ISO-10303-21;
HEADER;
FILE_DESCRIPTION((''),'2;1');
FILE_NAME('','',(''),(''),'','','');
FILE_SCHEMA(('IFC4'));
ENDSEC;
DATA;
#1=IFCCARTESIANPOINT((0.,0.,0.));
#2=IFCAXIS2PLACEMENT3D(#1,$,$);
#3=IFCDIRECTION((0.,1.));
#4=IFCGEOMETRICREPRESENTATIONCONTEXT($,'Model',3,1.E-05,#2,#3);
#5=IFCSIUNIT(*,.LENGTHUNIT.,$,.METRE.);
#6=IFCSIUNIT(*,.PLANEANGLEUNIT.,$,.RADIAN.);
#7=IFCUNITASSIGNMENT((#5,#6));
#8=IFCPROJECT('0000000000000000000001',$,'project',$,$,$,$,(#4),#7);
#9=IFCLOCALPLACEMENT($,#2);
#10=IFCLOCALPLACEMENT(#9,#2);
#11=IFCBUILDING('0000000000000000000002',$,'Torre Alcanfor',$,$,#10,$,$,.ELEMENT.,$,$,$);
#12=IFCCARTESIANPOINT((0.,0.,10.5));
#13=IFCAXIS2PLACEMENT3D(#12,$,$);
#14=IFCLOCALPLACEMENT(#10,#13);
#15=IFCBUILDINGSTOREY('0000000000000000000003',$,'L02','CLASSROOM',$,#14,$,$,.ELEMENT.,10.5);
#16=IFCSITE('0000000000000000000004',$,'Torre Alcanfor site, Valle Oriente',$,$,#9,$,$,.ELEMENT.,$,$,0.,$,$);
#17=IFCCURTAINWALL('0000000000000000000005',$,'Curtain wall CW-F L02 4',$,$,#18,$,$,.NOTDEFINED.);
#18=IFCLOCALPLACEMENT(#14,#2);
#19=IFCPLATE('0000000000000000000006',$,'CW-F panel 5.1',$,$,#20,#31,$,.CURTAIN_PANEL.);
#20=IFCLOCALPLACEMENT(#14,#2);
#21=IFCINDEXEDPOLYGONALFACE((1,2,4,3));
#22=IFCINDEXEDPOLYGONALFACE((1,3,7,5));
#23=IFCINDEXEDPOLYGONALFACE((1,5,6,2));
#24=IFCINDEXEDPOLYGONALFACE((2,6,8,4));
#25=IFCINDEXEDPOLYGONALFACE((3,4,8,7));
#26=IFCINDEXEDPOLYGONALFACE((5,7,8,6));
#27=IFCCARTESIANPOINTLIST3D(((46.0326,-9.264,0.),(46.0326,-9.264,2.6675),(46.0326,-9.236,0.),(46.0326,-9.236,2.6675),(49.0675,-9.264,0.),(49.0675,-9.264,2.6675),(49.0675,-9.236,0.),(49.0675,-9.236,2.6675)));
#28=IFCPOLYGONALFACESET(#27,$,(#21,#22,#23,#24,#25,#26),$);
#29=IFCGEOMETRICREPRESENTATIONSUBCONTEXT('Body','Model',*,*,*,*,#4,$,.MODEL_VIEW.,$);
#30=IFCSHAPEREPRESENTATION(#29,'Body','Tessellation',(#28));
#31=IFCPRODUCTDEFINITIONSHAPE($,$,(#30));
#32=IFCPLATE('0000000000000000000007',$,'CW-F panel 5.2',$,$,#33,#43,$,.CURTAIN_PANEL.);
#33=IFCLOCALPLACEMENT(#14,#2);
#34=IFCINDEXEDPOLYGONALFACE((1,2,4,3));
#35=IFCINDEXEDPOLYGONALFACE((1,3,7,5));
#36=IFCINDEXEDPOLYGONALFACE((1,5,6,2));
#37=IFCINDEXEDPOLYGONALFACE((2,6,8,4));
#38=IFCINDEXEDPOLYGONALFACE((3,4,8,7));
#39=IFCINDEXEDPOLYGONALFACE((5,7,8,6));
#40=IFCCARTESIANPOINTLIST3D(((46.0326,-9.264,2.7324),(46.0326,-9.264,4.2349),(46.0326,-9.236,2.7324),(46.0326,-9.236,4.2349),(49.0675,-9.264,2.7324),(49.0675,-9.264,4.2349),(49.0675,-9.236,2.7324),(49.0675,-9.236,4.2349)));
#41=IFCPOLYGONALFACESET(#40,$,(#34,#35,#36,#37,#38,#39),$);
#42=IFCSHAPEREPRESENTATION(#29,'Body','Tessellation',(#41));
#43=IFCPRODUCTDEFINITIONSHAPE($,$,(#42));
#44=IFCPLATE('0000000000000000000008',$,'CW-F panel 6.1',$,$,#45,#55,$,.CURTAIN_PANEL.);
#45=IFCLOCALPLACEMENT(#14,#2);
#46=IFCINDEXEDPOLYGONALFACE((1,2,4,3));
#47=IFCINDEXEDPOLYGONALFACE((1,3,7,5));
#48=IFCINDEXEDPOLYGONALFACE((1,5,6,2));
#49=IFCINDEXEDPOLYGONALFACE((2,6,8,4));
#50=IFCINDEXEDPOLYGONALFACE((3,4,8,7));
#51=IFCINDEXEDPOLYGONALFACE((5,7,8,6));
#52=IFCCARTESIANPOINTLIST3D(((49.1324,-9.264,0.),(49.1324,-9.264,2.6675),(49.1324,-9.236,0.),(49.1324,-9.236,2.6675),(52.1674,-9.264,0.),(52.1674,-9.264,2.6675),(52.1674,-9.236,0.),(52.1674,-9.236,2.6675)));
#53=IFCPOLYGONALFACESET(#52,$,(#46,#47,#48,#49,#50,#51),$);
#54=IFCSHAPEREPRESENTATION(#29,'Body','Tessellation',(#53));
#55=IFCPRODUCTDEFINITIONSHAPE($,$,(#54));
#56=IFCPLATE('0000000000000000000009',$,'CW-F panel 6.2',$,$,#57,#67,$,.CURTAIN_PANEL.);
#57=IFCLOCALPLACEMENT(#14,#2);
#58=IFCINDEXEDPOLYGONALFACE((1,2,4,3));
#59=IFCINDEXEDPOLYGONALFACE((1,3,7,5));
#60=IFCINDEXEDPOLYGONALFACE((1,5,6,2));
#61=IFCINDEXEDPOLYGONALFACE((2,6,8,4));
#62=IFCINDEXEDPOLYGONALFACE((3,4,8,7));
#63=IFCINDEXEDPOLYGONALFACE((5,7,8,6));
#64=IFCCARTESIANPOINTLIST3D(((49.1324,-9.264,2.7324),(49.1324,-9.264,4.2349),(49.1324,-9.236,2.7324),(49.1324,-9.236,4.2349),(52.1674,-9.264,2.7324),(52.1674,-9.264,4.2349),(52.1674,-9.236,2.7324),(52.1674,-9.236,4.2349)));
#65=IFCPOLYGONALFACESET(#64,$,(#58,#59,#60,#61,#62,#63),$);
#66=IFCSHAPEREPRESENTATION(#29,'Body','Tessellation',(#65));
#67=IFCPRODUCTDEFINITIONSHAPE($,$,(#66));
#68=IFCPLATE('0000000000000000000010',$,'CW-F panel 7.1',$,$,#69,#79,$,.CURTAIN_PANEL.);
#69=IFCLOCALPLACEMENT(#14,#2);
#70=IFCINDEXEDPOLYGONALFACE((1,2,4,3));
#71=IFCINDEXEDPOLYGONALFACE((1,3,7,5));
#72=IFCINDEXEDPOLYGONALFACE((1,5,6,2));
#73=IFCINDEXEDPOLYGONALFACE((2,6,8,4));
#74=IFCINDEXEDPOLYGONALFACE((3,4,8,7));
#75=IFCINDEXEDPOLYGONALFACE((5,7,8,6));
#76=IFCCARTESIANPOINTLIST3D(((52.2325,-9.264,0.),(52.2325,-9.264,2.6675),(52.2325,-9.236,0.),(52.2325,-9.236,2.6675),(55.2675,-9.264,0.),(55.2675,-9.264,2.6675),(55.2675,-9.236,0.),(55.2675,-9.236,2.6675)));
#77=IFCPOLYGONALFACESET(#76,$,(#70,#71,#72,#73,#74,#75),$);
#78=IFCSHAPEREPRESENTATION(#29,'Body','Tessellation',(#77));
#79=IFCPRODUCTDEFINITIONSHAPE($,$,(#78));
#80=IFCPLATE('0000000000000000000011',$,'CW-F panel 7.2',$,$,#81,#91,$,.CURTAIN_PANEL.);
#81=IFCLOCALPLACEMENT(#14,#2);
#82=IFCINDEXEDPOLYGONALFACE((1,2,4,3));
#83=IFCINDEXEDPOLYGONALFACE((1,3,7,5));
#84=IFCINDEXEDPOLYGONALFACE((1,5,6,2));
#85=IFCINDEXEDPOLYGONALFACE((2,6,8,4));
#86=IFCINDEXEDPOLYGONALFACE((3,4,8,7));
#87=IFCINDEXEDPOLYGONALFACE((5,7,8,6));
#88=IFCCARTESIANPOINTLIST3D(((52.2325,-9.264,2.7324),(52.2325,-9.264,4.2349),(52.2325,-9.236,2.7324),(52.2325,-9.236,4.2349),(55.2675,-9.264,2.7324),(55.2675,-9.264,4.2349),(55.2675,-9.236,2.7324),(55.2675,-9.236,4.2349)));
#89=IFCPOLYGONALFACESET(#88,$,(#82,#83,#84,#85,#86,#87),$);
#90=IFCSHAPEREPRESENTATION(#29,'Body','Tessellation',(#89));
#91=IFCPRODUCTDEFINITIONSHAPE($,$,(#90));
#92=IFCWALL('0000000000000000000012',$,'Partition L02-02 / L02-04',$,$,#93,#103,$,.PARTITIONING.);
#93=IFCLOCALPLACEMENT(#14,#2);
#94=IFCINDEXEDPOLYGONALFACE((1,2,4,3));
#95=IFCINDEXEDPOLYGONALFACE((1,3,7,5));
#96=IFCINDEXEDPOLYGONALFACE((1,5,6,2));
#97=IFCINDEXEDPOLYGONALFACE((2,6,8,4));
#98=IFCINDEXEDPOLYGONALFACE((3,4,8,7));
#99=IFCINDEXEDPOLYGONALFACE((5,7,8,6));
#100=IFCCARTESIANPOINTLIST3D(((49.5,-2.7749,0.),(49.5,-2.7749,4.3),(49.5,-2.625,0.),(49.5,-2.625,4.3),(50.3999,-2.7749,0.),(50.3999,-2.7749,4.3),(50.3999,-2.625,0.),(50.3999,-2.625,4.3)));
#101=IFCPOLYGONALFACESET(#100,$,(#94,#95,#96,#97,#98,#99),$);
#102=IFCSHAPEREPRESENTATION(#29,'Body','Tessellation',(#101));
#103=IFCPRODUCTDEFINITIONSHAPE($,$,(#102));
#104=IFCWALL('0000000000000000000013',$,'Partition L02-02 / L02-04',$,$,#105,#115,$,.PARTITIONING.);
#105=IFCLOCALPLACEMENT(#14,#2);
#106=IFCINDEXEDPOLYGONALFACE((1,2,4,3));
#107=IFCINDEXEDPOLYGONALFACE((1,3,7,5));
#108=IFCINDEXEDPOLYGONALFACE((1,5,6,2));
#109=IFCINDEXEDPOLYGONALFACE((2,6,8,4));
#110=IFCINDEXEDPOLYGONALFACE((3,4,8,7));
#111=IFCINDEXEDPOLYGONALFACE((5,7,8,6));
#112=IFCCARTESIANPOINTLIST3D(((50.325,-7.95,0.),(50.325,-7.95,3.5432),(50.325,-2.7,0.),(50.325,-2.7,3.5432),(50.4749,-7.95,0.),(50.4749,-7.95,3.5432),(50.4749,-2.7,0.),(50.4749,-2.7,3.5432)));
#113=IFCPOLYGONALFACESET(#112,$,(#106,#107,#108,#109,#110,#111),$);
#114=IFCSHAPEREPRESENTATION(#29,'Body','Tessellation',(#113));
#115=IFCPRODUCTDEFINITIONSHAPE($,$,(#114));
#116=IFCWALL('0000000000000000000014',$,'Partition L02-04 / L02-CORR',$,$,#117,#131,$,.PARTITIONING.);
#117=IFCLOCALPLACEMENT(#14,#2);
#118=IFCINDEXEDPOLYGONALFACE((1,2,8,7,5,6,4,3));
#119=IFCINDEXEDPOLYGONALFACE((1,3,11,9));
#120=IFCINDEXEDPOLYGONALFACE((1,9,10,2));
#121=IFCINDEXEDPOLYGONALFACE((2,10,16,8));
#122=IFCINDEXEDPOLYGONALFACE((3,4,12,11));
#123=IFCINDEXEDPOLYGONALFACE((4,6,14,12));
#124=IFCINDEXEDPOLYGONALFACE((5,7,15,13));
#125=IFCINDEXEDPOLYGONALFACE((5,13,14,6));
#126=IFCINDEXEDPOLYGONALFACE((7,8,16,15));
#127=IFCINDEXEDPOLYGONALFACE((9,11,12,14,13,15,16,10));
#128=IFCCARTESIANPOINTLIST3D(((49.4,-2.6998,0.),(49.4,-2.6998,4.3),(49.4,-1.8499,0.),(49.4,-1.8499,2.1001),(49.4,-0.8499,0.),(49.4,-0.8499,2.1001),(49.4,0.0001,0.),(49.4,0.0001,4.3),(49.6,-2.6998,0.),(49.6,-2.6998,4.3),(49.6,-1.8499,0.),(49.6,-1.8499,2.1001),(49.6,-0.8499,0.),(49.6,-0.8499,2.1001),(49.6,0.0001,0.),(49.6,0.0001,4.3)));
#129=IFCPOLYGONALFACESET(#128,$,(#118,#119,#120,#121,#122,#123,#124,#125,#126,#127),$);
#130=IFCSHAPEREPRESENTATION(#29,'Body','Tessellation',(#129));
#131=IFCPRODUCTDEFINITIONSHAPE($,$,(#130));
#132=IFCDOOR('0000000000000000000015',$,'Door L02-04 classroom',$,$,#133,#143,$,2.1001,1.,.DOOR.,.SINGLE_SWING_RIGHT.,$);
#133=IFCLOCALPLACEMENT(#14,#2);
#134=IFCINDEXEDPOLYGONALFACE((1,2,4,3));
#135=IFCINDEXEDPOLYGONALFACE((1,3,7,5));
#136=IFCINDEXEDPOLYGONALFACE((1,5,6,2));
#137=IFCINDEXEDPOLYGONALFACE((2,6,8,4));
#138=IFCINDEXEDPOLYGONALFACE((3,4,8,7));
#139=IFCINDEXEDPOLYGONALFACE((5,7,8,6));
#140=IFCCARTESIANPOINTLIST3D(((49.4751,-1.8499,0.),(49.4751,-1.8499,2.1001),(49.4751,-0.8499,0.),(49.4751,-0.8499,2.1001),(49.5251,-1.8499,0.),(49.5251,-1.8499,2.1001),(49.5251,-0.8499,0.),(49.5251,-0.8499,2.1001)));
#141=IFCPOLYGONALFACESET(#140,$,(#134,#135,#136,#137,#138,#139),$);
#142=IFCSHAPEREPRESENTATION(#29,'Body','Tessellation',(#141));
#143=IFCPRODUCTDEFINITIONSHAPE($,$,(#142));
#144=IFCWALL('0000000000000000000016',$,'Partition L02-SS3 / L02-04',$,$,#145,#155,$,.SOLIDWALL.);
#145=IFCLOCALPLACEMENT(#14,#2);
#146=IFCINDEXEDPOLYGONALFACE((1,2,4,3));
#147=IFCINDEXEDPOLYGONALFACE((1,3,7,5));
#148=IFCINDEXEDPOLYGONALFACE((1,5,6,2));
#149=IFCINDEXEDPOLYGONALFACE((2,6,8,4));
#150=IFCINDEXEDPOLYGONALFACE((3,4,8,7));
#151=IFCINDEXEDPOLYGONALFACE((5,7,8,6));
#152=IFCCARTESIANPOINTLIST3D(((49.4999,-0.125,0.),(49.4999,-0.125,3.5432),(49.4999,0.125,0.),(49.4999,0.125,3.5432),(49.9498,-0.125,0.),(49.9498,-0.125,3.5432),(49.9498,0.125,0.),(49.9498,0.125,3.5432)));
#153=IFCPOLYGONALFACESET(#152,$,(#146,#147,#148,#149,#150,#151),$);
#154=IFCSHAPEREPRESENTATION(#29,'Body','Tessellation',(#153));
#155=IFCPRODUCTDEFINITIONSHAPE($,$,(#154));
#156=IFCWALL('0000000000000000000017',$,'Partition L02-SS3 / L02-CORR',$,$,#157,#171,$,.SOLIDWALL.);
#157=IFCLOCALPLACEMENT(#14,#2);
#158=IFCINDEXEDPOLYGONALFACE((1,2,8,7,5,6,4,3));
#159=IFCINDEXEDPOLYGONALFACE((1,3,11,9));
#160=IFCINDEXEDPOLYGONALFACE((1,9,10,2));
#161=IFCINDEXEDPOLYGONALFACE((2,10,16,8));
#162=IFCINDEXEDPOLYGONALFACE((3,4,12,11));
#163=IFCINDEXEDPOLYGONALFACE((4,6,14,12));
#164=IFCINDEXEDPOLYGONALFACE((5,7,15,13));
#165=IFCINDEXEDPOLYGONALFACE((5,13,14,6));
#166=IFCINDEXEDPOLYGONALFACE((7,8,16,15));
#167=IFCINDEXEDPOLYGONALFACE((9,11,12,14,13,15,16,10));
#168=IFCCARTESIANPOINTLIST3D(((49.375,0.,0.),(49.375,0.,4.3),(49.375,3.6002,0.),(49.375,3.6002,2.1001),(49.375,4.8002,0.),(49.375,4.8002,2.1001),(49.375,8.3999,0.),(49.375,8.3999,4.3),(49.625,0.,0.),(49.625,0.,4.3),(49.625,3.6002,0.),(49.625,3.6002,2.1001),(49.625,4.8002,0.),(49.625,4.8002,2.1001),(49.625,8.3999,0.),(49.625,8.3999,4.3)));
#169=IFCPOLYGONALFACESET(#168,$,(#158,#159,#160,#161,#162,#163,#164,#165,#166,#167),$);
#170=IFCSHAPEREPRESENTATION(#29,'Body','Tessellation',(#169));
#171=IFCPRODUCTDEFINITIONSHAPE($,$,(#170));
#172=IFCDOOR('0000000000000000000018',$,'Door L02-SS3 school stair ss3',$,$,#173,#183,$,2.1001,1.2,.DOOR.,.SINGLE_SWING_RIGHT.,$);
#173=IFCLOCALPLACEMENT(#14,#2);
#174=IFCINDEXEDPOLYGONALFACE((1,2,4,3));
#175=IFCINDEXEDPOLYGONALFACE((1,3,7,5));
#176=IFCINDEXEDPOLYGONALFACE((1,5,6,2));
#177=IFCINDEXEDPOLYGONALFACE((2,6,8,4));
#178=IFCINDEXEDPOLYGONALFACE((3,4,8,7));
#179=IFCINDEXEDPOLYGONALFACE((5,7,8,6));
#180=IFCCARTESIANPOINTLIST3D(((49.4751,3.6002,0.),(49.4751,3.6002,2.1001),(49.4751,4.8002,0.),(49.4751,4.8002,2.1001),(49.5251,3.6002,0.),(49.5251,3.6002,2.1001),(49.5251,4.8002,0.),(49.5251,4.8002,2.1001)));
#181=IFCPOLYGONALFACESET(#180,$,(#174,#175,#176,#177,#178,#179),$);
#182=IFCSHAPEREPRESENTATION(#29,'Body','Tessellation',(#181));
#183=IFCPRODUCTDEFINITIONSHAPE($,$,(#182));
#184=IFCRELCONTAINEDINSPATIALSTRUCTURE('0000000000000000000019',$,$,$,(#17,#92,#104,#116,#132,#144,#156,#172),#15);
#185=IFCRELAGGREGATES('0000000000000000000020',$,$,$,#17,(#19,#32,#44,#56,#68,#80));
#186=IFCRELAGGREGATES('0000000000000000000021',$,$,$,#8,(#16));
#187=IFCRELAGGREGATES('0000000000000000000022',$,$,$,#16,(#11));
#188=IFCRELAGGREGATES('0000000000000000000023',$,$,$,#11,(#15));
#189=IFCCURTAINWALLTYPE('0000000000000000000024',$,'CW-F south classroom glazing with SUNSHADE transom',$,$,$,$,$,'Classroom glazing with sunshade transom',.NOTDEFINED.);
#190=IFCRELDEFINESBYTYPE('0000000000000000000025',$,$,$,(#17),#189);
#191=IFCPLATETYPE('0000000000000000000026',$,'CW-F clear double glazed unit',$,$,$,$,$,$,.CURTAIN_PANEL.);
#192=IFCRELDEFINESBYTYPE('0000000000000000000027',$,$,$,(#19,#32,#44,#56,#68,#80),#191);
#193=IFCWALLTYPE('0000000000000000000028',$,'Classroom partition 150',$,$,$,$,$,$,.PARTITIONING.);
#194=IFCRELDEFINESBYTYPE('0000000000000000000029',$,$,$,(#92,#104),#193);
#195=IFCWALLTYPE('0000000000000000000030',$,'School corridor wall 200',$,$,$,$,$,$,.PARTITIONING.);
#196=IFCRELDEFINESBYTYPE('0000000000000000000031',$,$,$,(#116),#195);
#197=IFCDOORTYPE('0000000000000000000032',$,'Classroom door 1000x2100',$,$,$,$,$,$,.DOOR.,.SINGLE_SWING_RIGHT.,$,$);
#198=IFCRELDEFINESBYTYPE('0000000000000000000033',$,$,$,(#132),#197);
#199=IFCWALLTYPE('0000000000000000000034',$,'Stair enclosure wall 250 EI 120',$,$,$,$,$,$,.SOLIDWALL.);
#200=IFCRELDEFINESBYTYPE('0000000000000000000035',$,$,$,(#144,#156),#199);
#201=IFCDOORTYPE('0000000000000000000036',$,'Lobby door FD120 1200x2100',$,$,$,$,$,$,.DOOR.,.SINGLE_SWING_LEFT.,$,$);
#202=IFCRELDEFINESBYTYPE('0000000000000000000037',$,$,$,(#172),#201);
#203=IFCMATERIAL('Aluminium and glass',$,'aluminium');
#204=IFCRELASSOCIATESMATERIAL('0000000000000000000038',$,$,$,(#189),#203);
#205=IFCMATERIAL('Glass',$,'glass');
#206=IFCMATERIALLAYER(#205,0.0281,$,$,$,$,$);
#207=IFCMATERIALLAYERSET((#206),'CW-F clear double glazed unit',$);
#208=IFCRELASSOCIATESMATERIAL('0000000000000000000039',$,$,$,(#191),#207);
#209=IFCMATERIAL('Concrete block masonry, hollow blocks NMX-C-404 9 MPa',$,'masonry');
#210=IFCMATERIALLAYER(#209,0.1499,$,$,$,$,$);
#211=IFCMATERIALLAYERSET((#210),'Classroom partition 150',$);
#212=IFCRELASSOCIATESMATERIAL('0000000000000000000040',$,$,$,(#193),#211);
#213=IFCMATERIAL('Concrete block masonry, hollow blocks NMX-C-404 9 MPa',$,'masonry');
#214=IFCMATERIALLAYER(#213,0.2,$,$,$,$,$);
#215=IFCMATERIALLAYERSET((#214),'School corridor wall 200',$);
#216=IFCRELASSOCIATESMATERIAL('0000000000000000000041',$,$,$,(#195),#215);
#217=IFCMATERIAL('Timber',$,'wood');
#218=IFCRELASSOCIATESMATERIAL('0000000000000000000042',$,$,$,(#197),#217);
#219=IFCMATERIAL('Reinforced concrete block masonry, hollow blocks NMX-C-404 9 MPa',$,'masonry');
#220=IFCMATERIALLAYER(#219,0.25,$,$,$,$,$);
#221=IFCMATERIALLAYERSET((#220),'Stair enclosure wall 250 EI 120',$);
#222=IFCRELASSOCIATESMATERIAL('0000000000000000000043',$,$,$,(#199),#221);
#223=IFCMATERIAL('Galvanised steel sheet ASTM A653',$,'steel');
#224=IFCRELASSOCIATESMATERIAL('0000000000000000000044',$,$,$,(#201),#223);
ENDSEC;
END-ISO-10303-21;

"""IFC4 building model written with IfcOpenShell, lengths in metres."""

from ifc_helpers import new_model, si_unit, direction, frame, frame_2d, origin, origin_2d, place, context, subcontext, project, spatial, rectangle, extrude, material, layer, layer_set, type_object, element, fill, aggregate, save


model = new_model("IFC4")

# Units and contexts
model_context = context("Model", 3, precision=1e-05, world=origin(), true_north=direction((0.0, 1.0)))
body_context = subcontext(model_context, "Body", "Model", "MODEL_VIEW")
ifc_project = project(units=[si_unit("LENGTHUNIT", "METRE"), si_unit("PLANEANGLEUNIT", "RADIAN")], contexts=[model_context])

# Site, building, storey
site_placement = place(None, origin())
site = spatial("IfcSite", under=ifc_project, at=site_placement, Name="Torre Alcanfor site, Valle Oriente", CompositionType="ELEMENT", RefElevation=0.0)
building_placement = place(site_placement, origin())
building = spatial("IfcBuilding", under=site, at=building_placement, Name="Torre Alcanfor", CompositionType="ELEMENT")
storey_placement = place(building_placement, frame((0.0, 0.0, 10.5)))
storey = spatial("IfcBuildingStorey", under=building, at=storey_placement, Name="L02", Description="CLASSROOM", CompositionType="ELEMENT", Elevation=10.5)

# Curtain wall
ifc_material_1 = material(Name="Aluminium and glass", Category="aluminium")
curtain_wall_type = type_object("IfcCurtainWallType", Name="CW-F south classroom glazing with SUNSHADE transom", ElementType="Classroom glazing with sunshade transom", PredefinedType="NOTDEFINED", material=ifc_material_1)
curtain_wall_placement = place(storey_placement, origin())
curtain_wall = element("IfcCurtainWall", 1, at=curtain_wall_placement, inside=storey, type_object=curtain_wall_type, Name="Curtain wall CW-F L02 4", PredefinedType="NOTDEFINED")

# Plates
ifc_material_2 = material(Name="Glass", Category="glass")
ifc_layer_1 = layer(ifc_material_2, 0.0281)
ifc_layer_set_1 = layer_set([ifc_layer_1], Name="CW-F clear double glazed unit")
plate_type = type_object("IfcPlateType", Name="CW-F clear double glazed unit", PredefinedType="CURTAIN_PANEL", material=ifc_layer_set_1)
plate_1_placement = place(storey_placement, frame((47.55, -9.25, 0.0), z_axis=(0.0, 0.0, 1.0), x_axis=(1.0, 0.0, 0.0)))
plate_1 = element("IfcPlate", 2, at=plate_1_placement, type_object=plate_type, Name="CW-F panel 5.1", PredefinedType="CURTAIN_PANEL", context=body_context, shape_type="SweptSolid", body=[
    extrude(rectangle(XDim=3.0349, YDim=0.0281, at=origin_2d()), origin(), (0.0, 0.0, 1.0), 2.6675),
])
plate_2_placement = place(storey_placement, frame((47.55, -9.25, 2.7324), z_axis=(0.0, 0.0, 1.0), x_axis=(1.0, 0.0, 0.0)))
plate_2 = element("IfcPlate", 3, at=plate_2_placement, type_object=plate_type, Name="CW-F panel 5.2", PredefinedType="CURTAIN_PANEL", context=body_context, shape_type="SweptSolid", body=[
    extrude(rectangle(XDim=3.0349, YDim=0.0281, at=origin_2d()), origin(), (0.0, 0.0, 1.0), 1.5024),
])
plate_3_placement = place(storey_placement, frame((50.6499, -9.25, 0.0), z_axis=(0.0, 0.0, 1.0), x_axis=(1.0, 0.0, 0.0)))
plate_3 = element("IfcPlate", 4, at=plate_3_placement, type_object=plate_type, Name="CW-F panel 6.1", PredefinedType="CURTAIN_PANEL", context=body_context, shape_type="SweptSolid", body=[
    extrude(rectangle(XDim=3.0349, YDim=0.0281, at=origin_2d()), origin(), (0.0, 0.0, 1.0), 2.6675),
])
plate_4_placement = place(storey_placement, frame((50.6499, -9.25, 2.7324), z_axis=(0.0, 0.0, 1.0), x_axis=(1.0, 0.0, 0.0)))
plate_4 = element("IfcPlate", 5, at=plate_4_placement, type_object=plate_type, Name="CW-F panel 6.2", PredefinedType="CURTAIN_PANEL", context=body_context, shape_type="SweptSolid", body=[
    extrude(rectangle(XDim=3.0349, YDim=0.0281, at=origin_2d()), origin(), (0.0, 0.0, 1.0), 1.5024),
])
plate_5_placement = place(storey_placement, frame((53.75, -9.25, 0.0), z_axis=(0.0, 0.0, 1.0), x_axis=(1.0, 0.0, 0.0)))
plate_5 = element("IfcPlate", 6, at=plate_5_placement, type_object=plate_type, Name="CW-F panel 7.1", PredefinedType="CURTAIN_PANEL", context=body_context, shape_type="SweptSolid", body=[
    extrude(rectangle(XDim=3.0349, YDim=0.0281, at=origin_2d()), origin(), (0.0, 0.0, 1.0), 2.6675),
])
plate_6_placement = place(storey_placement, frame((53.75, -9.25, 2.7324), z_axis=(0.0, 0.0, 1.0), x_axis=(1.0, 0.0, 0.0)))
plate_6 = element("IfcPlate", 7, at=plate_6_placement, type_object=plate_type, Name="CW-F panel 7.2", PredefinedType="CURTAIN_PANEL", context=body_context, shape_type="SweptSolid", body=[
    extrude(rectangle(XDim=3.0349, YDim=0.0281, at=origin_2d()), origin(), (0.0, 0.0, 1.0), 1.5024),
])
aggregate(curtain_wall, [plate_1, plate_2, plate_3, plate_4, plate_5, plate_6])

# Walls
ifc_material_3 = material(Name="Concrete block masonry, hollow blocks NMX-C-404 9 MPa", Category="masonry")
ifc_layer_2 = layer(ifc_material_3, 0.1499)
ifc_layer_set_2 = layer_set([ifc_layer_2], Name="Classroom partition 150")
wall_type_1 = type_object("IfcWallType", Name="Classroom partition 150", PredefinedType="PARTITIONING", material=ifc_layer_set_2)
wall_1_placement = place(storey_placement, frame((49.5, -2.7, 0.0), z_axis=(0.0, 0.0, 1.0), x_axis=(1.0, 0.0, 0.0)))
element("IfcWall", 8, at=wall_1_placement, inside=storey, type_object=wall_type_1, Name="Partition L02-02 / L02-04", PredefinedType="PARTITIONING", context=body_context, shape_type="SweptSolid", body=[
    extrude(rectangle(XDim=0.8999, YDim=0.1499, at=frame_2d((0.45, 0.0))), origin(), (0.0, 0.0, 1.0), 4.3),
])
wall_2_placement = place(storey_placement, frame((50.3999, -2.7, 0.0), z_axis=(0.0, 0.0, 1.0), x_axis=(0.0, -1.0, 0.0)))
element("IfcWall", 9, at=wall_2_placement, inside=storey, type_object=wall_type_1, Name="Partition L02-02 / L02-04", PredefinedType="PARTITIONING", context=body_context, shape_type="SweptSolid", body=[
    extrude(rectangle(XDim=5.25, YDim=0.1499, at=frame_2d((2.625, 0.0))), origin(), (0.0, 0.0, 1.0), 3.5432),
])

# Wall, opening, door
ifc_material_4 = material(Name="Concrete block masonry, hollow blocks NMX-C-404 9 MPa", Category="masonry")
ifc_layer_3 = layer(ifc_material_4, 0.2)
ifc_layer_set_3 = layer_set([ifc_layer_3], Name="School corridor wall 200")
wall_type_2 = type_object("IfcWallType", Name="School corridor wall 200", PredefinedType="PARTITIONING", material=ifc_layer_set_3)
wall_3_placement = place(storey_placement, frame((49.5, -2.7, 0.0), z_axis=(0.0, 0.0, 1.0), x_axis=(0.0, 1.0, 0.0)))
wall_3 = element("IfcWall", 10, at=wall_3_placement, inside=storey, type_object=wall_type_2, Name="Partition L02-04 / L02-CORR", PredefinedType="PARTITIONING", context=body_context, shape_type="SweptSolid", body=[
    extrude(rectangle(XDim=2.7, YDim=0.2, at=frame_2d((1.3501, 0.0))), origin(), (0.0, 0.0, 1.0), 4.3),
])
opening_1_placement = place(wall_3_placement, frame((0.8501, 0.0, 0.0)))
opening_1 = element("IfcOpeningElement", 11, at=opening_1_placement, cuts=wall_3, PredefinedType="OPENING", context=body_context, shape_type="SweptSolid", body=[
    extrude(rectangle(XDim=1.0, YDim=2.1001, at=frame_2d((0.5, 1.05))), frame((0.0, 0.1099, 0.0), z_axis=(0.0, -1.0, 0.0), x_axis=(1.0, 0.0, 0.0)), (0.0, 0.0, 1.0), 0.22),
])
ifc_material_5 = material(Name="Timber", Category="wood")
door_type_1 = type_object("IfcDoorType", Name="Classroom door 1000x2100", OperationType="SINGLE_SWING_RIGHT", PredefinedType="DOOR", material=ifc_material_5)
door_1_placement = place(opening_1_placement, frame((1.0, 0.0, 0.0), z_axis=(0.0, 0.0, 1.0), x_axis=(-1.0, 0.0, 0.0)))
door_1 = element("IfcDoor", 12, at=door_1_placement, inside=storey, type_object=door_type_1, Name="Door L02-04 classroom", OperationType="SINGLE_SWING_RIGHT", OverallHeight=2.1001, OverallWidth=1.0, PredefinedType="DOOR", context=body_context, shape_type="SweptSolid", body=[
    extrude(rectangle(XDim=1.0, YDim=2.1001, at=frame_2d((0.5, 1.05))), frame((0.0, 0.0251, 0.0), z_axis=(0.0, -1.0, 0.0), x_axis=(1.0, 0.0, 0.0)), (0.0, 0.0, 1.0), 0.05),
])
fill(opening_1, door_1)

# Wall
ifc_material_6 = material(Name="Reinforced concrete block masonry, hollow blocks NMX-C-404 9 MPa", Category="masonry")
ifc_layer_4 = layer(ifc_material_6, 0.25)
ifc_layer_set_4 = layer_set([ifc_layer_4], Name="Stair enclosure wall 250 EI 120")
wall_type_3 = type_object("IfcWallType", Name="Stair enclosure wall 250 EI 120", PredefinedType="SOLIDWALL", material=ifc_layer_set_4)
wall_4_placement = place(storey_placement, frame((49.95, 0.0, 0.0), z_axis=(0.0, 0.0, 1.0), x_axis=(-1.0, 0.0, 0.0)))
element("IfcWall", 13, at=wall_4_placement, inside=storey, type_object=wall_type_3, Name="Partition L02-SS3 / L02-04", PredefinedType="SOLIDWALL", context=body_context, shape_type="SweptSolid", body=[
    extrude(rectangle(XDim=0.45, YDim=0.25, at=frame_2d((0.2251, 0.0))), origin(), (0.0, 0.0, 1.0), 3.5432),
])

# Wall, opening, door
wall_5_placement = place(storey_placement, frame((49.5, 0.0, 0.0), z_axis=(0.0, 0.0, 1.0), x_axis=(0.0, 1.0, 0.0)))
wall_5 = element("IfcWall", 14, at=wall_5_placement, inside=storey, type_object=wall_type_3, Name="Partition L02-SS3 / L02-CORR", PredefinedType="SOLIDWALL", context=body_context, shape_type="SweptSolid", body=[
    extrude(rectangle(XDim=8.3999, YDim=0.25, at=frame_2d((4.2, 0.0))), origin(), (0.0, 0.0, 1.0), 4.3),
])
opening_2_placement = place(wall_5_placement, frame((3.6001, 0.0, 0.0)))
opening_2 = element("IfcOpeningElement", 15, at=opening_2_placement, cuts=wall_5, PredefinedType="OPENING", context=body_context, shape_type="SweptSolid", body=[
    extrude(rectangle(XDim=1.2, YDim=2.1001, at=frame_2d((0.6001, 1.05))), frame((0.0, 0.135, 0.0), z_axis=(0.0, -1.0, 0.0), x_axis=(1.0, 0.0, 0.0)), (0.0, 0.0, 1.0), 0.27),
])
ifc_material_7 = material(Name="Galvanised steel sheet ASTM A653", Category="steel")
door_type_2 = type_object("IfcDoorType", Name="Lobby door FD120 1200x2100", OperationType="SINGLE_SWING_LEFT", PredefinedType="DOOR", material=ifc_material_7)
door_2_placement = place(opening_2_placement, frame((1.2, 0.0, 0.0), z_axis=(0.0, 0.0, 1.0), x_axis=(-1.0, 0.0, 0.0)))
door_2 = element("IfcDoor", 16, at=door_2_placement, inside=storey, type_object=door_type_2, Name="Door L02-SS3 school stair ss3", OperationType="SINGLE_SWING_RIGHT", OverallHeight=2.1001, OverallWidth=1.2, PredefinedType="DOOR", context=body_context, shape_type="SweptSolid", body=[
    extrude(rectangle(XDim=1.2, YDim=2.1001, at=frame_2d((0.5999, 1.05))), frame((0.0, 0.0251, 0.0), z_axis=(0.0, -1.0, 0.0), x_axis=(1.0, 0.0, 0.0)), (0.0, 0.0, 1.0), 0.05),
])
fill(opening_2, door_2)

save(model, "model.ifc")
